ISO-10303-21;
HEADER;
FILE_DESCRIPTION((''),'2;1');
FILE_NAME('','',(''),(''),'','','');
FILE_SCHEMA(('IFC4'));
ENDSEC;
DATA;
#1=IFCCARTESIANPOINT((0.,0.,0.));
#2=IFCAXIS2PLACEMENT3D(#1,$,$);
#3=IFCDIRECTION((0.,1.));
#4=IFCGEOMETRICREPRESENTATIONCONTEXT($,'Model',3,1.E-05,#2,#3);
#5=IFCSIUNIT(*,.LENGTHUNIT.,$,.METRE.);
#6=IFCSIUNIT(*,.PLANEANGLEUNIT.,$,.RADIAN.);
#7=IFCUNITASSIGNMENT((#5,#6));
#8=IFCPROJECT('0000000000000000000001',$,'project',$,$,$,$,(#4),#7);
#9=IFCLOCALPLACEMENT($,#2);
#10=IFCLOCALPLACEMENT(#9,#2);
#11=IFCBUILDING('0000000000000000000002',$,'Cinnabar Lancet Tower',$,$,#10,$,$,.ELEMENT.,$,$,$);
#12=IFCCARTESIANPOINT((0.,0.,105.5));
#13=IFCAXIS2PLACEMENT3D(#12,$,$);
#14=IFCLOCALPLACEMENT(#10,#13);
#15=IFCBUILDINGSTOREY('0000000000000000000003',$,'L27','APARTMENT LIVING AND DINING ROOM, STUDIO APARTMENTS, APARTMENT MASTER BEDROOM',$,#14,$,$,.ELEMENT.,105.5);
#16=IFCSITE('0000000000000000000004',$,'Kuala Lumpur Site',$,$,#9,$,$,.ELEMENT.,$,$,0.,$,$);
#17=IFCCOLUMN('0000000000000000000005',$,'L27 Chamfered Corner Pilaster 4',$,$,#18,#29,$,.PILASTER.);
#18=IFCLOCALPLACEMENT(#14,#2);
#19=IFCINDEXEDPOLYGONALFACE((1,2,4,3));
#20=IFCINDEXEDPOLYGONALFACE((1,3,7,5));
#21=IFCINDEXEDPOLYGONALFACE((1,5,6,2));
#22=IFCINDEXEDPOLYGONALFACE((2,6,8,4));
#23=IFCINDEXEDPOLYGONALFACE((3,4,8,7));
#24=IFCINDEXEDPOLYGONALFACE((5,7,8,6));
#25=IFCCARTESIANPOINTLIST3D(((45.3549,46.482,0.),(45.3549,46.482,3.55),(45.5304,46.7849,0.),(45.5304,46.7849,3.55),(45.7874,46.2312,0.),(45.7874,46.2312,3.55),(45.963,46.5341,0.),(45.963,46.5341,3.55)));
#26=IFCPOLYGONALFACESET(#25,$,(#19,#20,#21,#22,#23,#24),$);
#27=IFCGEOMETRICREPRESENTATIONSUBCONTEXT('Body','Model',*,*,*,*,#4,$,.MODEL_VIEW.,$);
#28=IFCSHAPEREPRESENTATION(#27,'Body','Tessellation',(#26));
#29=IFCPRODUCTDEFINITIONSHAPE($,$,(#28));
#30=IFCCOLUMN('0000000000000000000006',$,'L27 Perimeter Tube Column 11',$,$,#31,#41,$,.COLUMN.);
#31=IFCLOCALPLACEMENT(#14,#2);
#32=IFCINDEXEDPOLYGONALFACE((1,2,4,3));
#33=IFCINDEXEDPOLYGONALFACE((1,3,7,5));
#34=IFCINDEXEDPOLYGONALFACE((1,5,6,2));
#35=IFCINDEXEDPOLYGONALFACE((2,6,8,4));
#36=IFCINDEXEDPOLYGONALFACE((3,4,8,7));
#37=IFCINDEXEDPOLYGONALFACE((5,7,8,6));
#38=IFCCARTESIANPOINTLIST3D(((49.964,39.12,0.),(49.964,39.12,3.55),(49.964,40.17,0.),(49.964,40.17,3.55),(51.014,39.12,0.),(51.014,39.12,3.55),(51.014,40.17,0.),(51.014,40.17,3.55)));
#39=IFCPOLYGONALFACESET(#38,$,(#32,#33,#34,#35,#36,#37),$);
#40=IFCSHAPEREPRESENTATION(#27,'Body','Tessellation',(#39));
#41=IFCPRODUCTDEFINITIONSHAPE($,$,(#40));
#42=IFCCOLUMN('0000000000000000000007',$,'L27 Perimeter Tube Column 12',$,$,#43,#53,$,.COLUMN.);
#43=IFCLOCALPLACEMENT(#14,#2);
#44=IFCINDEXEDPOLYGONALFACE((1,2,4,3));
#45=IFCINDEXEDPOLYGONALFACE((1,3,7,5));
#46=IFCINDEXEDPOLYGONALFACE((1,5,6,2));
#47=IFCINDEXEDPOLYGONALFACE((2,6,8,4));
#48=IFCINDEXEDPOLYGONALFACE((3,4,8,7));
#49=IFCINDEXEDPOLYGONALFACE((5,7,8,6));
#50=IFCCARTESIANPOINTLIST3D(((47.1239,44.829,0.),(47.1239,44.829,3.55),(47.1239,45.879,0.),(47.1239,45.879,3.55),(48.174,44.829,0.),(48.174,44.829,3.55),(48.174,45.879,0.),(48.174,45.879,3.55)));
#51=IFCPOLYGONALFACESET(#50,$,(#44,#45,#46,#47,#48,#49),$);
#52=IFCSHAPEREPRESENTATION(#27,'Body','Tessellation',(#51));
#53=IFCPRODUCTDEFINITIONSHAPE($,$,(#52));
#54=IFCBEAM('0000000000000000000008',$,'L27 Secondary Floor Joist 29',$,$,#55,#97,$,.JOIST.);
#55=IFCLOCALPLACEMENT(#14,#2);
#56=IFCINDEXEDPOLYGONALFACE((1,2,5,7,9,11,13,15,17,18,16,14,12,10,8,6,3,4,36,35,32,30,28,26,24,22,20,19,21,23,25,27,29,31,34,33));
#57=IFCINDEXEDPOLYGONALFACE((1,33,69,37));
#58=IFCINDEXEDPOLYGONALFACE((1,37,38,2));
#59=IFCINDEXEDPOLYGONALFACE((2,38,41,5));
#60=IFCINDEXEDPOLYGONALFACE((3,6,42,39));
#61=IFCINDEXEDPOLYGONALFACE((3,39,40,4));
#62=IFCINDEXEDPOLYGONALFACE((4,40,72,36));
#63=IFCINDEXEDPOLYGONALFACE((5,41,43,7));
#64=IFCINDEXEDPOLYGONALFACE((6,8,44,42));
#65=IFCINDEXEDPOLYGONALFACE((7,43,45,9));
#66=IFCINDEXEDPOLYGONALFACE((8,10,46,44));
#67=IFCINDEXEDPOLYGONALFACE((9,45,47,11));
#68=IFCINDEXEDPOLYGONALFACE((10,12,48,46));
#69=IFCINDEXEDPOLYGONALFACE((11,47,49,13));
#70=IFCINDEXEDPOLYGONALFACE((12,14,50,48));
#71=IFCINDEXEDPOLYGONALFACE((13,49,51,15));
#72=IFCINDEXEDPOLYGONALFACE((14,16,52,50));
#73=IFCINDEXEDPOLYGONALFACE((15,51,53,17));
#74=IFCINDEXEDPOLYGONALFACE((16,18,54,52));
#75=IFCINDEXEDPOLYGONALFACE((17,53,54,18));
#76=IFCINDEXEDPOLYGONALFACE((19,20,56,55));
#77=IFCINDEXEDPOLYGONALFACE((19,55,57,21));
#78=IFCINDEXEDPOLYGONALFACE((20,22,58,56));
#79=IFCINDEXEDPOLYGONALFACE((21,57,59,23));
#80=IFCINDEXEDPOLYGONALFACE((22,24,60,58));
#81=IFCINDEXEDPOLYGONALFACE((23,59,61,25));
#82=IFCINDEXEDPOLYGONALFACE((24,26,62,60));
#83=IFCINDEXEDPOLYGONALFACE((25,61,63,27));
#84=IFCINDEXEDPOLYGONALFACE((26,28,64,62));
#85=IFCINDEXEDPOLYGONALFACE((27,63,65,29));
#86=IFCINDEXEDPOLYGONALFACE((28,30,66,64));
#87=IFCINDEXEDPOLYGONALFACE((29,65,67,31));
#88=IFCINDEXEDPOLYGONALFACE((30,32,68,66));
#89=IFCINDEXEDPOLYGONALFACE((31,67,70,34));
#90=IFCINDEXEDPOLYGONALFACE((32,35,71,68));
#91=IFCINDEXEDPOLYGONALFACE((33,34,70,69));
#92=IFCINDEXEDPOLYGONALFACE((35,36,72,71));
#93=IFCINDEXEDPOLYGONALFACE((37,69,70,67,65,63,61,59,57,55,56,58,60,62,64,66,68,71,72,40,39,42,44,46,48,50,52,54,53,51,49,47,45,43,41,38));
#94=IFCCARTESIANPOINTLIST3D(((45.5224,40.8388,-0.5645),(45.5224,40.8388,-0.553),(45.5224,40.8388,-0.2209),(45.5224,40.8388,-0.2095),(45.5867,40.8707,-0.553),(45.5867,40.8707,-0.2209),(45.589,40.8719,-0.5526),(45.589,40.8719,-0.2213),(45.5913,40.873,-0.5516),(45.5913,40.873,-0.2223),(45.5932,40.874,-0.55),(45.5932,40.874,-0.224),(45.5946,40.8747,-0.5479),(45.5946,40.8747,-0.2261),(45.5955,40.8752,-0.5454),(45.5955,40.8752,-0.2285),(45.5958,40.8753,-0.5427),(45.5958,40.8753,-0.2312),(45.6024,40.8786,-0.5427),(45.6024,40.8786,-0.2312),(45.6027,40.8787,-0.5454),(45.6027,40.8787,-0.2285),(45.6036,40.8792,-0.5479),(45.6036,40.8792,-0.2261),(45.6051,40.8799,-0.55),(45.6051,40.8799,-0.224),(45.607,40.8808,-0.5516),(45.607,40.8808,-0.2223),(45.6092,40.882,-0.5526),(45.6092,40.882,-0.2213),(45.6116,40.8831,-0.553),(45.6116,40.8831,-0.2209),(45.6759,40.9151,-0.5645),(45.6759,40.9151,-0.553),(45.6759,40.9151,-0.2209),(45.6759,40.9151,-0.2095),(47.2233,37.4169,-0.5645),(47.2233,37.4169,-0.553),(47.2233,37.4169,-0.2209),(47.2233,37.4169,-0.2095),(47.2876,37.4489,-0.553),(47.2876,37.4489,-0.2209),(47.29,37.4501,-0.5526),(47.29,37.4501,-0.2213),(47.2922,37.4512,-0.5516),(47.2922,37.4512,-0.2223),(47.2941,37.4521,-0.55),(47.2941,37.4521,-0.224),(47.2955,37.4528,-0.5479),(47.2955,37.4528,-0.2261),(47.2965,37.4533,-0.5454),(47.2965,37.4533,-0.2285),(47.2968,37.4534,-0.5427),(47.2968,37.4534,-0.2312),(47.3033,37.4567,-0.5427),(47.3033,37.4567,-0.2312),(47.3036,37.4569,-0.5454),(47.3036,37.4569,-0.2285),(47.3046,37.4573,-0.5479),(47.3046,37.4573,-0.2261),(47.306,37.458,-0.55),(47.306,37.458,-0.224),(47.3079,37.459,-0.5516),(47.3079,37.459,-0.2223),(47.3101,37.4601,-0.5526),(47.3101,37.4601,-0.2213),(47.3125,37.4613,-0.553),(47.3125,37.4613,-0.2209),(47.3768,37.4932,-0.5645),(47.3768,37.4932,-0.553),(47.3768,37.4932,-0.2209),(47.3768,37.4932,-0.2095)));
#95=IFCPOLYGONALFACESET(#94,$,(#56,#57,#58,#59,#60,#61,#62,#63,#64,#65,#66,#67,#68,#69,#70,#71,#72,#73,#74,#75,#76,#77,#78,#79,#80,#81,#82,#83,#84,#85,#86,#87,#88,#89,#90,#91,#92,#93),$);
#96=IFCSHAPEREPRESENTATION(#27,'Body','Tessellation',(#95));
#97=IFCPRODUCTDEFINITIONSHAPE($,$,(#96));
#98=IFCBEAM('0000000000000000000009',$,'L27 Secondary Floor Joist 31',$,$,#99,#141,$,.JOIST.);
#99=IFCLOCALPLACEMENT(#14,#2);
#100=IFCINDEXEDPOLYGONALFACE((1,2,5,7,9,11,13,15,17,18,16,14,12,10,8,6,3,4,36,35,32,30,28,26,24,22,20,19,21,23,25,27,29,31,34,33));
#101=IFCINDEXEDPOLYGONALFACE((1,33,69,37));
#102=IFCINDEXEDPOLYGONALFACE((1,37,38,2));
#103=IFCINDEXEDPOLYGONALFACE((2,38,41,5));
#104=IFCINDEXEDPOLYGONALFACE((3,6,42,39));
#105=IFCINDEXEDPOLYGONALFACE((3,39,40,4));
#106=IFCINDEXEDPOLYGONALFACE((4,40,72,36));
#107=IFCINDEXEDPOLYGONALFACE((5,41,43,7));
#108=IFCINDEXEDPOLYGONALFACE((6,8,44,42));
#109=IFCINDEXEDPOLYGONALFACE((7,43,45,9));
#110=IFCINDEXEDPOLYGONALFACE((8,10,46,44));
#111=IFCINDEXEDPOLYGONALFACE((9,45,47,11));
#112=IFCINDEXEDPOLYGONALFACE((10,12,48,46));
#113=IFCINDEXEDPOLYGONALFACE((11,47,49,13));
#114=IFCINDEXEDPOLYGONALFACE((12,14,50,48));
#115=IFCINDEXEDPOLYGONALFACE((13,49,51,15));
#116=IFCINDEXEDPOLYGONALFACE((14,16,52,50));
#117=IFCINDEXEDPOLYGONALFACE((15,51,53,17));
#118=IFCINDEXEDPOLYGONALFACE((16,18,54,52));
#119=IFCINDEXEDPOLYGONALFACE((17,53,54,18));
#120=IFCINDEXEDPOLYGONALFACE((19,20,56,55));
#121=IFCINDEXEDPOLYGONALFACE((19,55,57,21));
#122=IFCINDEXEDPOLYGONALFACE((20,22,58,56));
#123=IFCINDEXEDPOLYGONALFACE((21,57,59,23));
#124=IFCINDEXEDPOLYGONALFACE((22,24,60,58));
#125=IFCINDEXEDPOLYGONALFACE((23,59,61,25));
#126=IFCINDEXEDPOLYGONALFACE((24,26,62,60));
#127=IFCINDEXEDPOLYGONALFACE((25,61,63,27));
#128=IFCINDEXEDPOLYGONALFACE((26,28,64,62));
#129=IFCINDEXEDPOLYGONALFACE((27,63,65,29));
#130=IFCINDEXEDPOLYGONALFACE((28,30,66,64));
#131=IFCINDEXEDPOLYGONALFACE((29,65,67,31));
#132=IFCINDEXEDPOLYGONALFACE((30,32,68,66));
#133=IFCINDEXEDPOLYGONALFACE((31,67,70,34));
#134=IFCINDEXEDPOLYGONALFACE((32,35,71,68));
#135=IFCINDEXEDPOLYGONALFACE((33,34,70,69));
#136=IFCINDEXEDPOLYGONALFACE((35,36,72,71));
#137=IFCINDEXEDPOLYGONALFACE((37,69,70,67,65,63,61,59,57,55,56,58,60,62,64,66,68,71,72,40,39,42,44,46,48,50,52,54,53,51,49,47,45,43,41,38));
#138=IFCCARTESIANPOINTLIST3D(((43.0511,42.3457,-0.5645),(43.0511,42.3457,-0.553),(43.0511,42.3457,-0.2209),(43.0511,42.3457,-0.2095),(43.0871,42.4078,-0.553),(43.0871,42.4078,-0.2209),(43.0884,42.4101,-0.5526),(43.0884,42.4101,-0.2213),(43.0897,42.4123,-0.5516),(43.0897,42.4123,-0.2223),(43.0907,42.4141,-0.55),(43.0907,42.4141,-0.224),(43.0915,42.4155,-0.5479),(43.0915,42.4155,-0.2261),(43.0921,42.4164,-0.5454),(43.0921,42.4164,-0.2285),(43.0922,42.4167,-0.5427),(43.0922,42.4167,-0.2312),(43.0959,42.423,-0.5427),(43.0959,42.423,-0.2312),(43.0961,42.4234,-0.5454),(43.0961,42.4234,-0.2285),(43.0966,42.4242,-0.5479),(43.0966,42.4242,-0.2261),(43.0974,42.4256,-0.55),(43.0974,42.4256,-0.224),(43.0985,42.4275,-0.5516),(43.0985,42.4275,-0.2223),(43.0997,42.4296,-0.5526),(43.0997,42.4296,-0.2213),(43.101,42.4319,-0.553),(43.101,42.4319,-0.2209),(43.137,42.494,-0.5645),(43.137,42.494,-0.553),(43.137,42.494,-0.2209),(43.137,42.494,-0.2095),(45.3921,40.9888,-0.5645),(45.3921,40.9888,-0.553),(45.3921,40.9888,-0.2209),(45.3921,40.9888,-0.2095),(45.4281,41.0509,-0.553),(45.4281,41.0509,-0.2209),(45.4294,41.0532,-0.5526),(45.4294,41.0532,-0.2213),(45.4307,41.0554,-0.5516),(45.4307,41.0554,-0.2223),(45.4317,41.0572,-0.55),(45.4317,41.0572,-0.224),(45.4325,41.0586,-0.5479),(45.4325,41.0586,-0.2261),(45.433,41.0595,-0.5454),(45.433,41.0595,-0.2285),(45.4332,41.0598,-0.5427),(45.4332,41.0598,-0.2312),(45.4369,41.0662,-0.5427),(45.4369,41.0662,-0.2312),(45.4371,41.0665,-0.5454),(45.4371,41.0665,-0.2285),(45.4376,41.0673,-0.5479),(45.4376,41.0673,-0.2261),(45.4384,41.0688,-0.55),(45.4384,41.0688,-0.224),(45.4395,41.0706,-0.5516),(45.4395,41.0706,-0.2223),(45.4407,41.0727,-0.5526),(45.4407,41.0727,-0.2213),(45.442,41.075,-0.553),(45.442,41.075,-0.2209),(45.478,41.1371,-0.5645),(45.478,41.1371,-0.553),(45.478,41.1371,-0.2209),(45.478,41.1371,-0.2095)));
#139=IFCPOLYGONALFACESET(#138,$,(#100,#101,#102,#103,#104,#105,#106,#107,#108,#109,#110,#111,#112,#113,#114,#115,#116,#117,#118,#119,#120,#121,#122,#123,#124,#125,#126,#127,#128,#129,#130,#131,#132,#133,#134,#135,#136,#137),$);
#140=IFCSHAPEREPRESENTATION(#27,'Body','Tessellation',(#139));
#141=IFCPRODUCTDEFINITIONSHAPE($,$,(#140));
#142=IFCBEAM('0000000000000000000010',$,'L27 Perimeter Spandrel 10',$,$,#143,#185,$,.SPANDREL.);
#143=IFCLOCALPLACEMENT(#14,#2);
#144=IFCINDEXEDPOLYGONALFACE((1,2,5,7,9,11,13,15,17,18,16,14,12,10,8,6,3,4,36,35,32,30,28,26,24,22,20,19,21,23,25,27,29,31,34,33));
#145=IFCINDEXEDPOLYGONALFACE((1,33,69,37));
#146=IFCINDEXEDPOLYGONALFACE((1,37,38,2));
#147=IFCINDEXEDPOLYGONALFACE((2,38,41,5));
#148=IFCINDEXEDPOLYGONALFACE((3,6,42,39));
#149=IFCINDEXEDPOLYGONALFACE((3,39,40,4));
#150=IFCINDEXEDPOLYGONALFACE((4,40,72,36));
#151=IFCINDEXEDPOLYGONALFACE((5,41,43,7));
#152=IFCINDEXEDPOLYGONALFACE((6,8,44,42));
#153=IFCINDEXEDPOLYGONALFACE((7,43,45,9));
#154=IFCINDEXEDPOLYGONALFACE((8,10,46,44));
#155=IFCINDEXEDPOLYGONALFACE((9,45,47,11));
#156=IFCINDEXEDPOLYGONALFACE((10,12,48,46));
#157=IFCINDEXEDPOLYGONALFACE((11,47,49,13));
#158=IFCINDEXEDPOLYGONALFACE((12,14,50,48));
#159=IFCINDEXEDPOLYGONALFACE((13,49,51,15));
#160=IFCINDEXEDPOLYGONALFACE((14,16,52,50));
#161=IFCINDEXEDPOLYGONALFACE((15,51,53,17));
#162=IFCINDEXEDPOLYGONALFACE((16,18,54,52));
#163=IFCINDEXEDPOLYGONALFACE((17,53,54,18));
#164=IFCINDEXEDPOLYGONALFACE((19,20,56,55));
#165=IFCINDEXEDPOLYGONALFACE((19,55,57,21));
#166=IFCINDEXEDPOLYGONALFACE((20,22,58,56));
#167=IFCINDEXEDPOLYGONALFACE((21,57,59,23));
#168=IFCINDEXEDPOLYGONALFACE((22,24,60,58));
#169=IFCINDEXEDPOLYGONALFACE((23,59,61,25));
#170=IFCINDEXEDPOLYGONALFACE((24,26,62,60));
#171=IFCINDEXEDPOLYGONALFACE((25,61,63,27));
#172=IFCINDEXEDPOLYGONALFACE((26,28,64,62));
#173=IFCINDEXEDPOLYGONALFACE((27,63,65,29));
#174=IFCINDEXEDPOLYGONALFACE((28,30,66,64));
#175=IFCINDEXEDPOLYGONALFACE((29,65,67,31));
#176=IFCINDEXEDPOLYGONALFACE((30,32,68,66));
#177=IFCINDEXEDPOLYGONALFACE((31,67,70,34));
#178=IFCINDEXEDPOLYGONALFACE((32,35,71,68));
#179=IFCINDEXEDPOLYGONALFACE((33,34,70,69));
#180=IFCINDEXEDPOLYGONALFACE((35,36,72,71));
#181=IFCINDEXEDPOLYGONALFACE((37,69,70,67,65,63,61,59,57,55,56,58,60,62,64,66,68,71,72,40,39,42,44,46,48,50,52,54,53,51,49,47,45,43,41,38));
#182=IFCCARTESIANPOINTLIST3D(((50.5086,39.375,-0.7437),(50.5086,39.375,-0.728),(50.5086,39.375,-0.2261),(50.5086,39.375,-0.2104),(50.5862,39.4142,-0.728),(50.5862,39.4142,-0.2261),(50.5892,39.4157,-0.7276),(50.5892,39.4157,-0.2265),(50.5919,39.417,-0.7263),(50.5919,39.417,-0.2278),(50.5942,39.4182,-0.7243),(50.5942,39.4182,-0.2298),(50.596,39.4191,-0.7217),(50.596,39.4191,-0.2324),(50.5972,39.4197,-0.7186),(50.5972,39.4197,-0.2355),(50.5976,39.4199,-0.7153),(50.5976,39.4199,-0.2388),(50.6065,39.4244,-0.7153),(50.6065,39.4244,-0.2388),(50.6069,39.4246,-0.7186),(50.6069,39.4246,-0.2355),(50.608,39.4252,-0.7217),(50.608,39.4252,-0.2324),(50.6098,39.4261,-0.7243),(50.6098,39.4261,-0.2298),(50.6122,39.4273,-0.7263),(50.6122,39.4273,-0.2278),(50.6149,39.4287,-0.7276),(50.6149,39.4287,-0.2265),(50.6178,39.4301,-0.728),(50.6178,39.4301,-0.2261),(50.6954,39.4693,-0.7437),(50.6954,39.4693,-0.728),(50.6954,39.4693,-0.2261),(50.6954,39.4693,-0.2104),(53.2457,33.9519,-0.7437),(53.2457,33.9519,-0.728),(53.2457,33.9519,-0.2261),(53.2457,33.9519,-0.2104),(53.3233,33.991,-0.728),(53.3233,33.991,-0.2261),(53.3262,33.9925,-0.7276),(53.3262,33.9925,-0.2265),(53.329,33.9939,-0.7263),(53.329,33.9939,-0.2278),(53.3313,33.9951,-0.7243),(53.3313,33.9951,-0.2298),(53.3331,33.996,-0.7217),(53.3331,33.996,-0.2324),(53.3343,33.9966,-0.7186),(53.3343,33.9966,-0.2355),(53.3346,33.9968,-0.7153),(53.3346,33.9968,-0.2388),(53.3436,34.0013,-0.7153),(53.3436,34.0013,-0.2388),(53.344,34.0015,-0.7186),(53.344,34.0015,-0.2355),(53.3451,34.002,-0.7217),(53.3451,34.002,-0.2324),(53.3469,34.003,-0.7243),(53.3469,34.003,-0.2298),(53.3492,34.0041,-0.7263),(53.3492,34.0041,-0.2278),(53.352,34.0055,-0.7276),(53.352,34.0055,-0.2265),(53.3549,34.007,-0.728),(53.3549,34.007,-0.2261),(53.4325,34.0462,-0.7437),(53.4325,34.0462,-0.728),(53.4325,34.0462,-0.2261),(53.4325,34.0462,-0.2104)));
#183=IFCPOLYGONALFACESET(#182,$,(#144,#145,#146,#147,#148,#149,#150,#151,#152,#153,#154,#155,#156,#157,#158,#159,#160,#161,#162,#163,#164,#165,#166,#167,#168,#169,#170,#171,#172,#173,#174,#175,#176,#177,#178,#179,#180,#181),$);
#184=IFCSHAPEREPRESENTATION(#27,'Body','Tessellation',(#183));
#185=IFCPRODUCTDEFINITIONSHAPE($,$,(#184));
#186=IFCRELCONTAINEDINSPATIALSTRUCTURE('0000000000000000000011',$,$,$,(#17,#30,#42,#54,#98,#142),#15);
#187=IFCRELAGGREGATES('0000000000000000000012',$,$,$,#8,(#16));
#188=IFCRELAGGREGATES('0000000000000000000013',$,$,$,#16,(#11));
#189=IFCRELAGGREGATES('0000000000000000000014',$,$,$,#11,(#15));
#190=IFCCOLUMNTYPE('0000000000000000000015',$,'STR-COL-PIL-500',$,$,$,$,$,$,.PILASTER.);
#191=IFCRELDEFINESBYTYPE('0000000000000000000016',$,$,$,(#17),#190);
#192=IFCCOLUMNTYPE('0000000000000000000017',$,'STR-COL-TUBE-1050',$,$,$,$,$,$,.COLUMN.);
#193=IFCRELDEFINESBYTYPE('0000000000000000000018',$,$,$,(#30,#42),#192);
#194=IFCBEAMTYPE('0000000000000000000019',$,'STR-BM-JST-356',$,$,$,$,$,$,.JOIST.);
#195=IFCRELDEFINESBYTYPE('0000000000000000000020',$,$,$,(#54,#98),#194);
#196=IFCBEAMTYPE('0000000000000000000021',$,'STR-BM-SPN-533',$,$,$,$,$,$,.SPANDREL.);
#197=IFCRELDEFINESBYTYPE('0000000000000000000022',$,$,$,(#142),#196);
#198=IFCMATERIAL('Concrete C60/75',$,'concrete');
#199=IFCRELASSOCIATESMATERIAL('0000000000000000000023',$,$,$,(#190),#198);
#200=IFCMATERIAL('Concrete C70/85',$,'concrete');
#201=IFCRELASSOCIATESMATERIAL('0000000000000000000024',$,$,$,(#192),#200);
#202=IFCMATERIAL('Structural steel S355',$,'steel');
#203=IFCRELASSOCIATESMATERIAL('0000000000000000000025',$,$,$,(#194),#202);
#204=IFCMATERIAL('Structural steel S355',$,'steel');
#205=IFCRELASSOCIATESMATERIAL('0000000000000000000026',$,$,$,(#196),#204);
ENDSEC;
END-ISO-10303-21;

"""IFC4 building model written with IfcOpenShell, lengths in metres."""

from ifc_helpers import new_model, si_unit, direction, frame, origin, origin_2d, place, context, subcontext, project, spatial, rectangle, i_section, extrude, material, material_profile, profile_set, type_object, element, save


model = new_model("IFC4")

# Units and contexts
model_context = context("Model", 3, precision=1e-05, world=origin(), true_north=direction((0.0, 1.0)))
body_context = subcontext(model_context, "Body", "Model", "MODEL_VIEW")
ifc_project = project(units=[si_unit("LENGTHUNIT", "METRE"), si_unit("PLANEANGLEUNIT", "RADIAN")], contexts=[model_context])

# Site, building, storey
site_placement = place(None, origin())
site = spatial("IfcSite", under=ifc_project, at=site_placement, Name="Kuala Lumpur Site", CompositionType="ELEMENT", RefElevation=0.0)
building_placement = place(site_placement, origin())
building = spatial("IfcBuilding", under=site, at=building_placement, Name="Cinnabar Lancet Tower", CompositionType="ELEMENT")
storey_placement = place(building_placement, frame((0.0, 0.0, 105.5)))
storey = spatial("IfcBuildingStorey", under=building, at=storey_placement, Name="L27", Description="APARTMENT LIVING AND DINING ROOM, STUDIO APARTMENTS, APARTMENT MASTER BEDROOM", CompositionType="ELEMENT", Elevation=105.5)

# Columns
ifc_material_1 = material(Name="Concrete C60/75", Category="concrete")
ifc_material_profile_1 = material_profile(ifc_material_1, rectangle(XDim=0.5, YDim=0.3501, at=origin_2d()), Name="RC-PIL 500x350")
ifc_profile_set_1 = profile_set([ifc_material_profile_1], Name="Concrete C60/75")
column_type_1 = type_object("IfcColumnType", Name="STR-COL-PIL-500", PredefinedType="PILASTER", material=ifc_profile_set_1)
column_placement = place(storey_placement, frame((45.6589, 46.5081, 0.0), z_axis=(0.0, 0.0, 1.0), x_axis=(-0.86516, 0.501496, 0.0)))
element("IfcColumn", 1, at=column_placement, inside=storey, type_object=column_type_1, Name="L27 Chamfered Corner Pilaster 4", PredefinedType="PILASTER", context=body_context, shape_type="SweptSolid", body=[
    extrude(rectangle(XDim=0.5, YDim=0.3501, at=origin_2d()), origin(), (0.0, 0.0, 1.0), 3.55),
])
ifc_material_2 = material(Name="Concrete C70/85", Category="concrete")
ifc_material_profile_2 = material_profile(ifc_material_2, rectangle(XDim=1.05, YDim=1.05, at=origin_2d()), Name="RC-COL 1050x1050")
ifc_profile_set_2 = profile_set([ifc_material_profile_2], Name="Concrete C70/85")
column_type_2 = type_object("IfcColumnType", Name="STR-COL-TUBE-1050", PredefinedType="COLUMN", material=ifc_profile_set_2)
for number, where, z_axis, x_axis, name in (
    (2, (50.489, 39.645, 0.0), (0.0, 0.0, 1.0), (1.0, 0.0, 0.0), "L27 Perimeter Tube Column 11"),
    (3, (47.6489, 45.354, 0.0), (0.0, 0.0, 1.0), (1.0, 0.0, 0.0), "L27 Perimeter Tube Column 12"),
):
    element("IfcColumn", number, at=place(storey_placement, frame(where, z_axis=z_axis, x_axis=x_axis)), inside=storey, type_object=column_type_2, Name=name, PredefinedType="COLUMN", context=body_context, shape_type="SweptSolid", body=[
        extrude(rectangle(XDim=1.05, YDim=1.05, at=origin_2d()), origin(), (0.0, 0.0, 1.0), 3.55),
    ])

# Beams
ifc_material_3 = material(Name="Structural steel S355", Category="steel")
ifc_material_profile_3 = material_profile(ifc_material_3, i_section(OverallWidth=0.1714, OverallDepth=0.355, WebThickness=0.0073, FlangeThickness=0.0115, FilletRadius=0.0103, at=origin_2d()), Name="UKB 356x171x51")
ifc_profile_set_3 = profile_set([ifc_material_profile_3], Name="Structural steel S355")
beam_type_1 = type_object("IfcBeamType", Name="STR-BM-JST-356", PredefinedType="JOIST", material=ifc_profile_set_3)
beam_1_placement = place(storey_placement, frame((47.3, 37.4551, -0.387), z_axis=(-0.445117, 0.895473, 0.0), x_axis=(-0.895473, -0.445117, 0.0)))
element("IfcBeam", 4, at=beam_1_placement, inside=storey, type_object=beam_type_1, Name="L27 Secondary Floor Joist 29", PredefinedType="JOIST", context=body_context, shape_type="SweptSolid", body=[
    extrude(i_section(OverallWidth=0.1714, OverallDepth=0.355, WebThickness=0.0073, FlangeThickness=0.0115, FilletRadius=0.0103, at=origin_2d()), origin(), (0.0, 0.0, 1.0), 3.8213),
])
beam_2_placement = place(storey_placement, frame((45.4351, 41.063, -0.387), z_axis=(-0.865173, 0.501474, 0.0), x_axis=(-0.501474, -0.865173, 0.0)))
element("IfcBeam", 5, at=beam_2_placement, inside=storey, type_object=beam_type_1, Name="L27 Secondary Floor Joist 31", PredefinedType="JOIST", context=body_context, shape_type="SweptSolid", body=[
    extrude(i_section(OverallWidth=0.1714, OverallDepth=0.355, WebThickness=0.0073, FlangeThickness=0.0115, FilletRadius=0.0103, at=origin_2d()), origin(), (0.0, 0.0, 1.0), 2.7058),
])
ifc_material_4 = material(Name="Structural steel S355", Category="steel")
ifc_material_profile_4 = material_profile(ifc_material_4, i_section(OverallWidth=0.2092, OverallDepth=0.5332, WebThickness=0.01, FlangeThickness=0.0156, FilletRadius=0.0127, at=origin_2d()), Name="UKB 533x210x92")
ifc_profile_set_4 = profile_set([ifc_material_profile_4], Name="Structural steel S355")
beam_type_2 = type_object("IfcBeamType", Name="STR-BM-SPN-533", PredefinedType="SPANDREL", material=ifc_profile_set_4)
beam_3_placement = place(storey_placement, frame((53.3391, 33.999, -0.4771), z_axis=(-0.45057, 0.892741, 0.0), x_axis=(-0.892741, -0.45057, 0.0)))
element("IfcBeam", 6, at=beam_3_placement, inside=storey, type_object=beam_type_2, Name="L27 Perimeter Spandrel 10", PredefinedType="SPANDREL", context=body_context, shape_type="SweptSolid", body=[
    extrude(i_section(OverallWidth=0.2092, OverallDepth=0.5332, WebThickness=0.01, FlangeThickness=0.0156, FilletRadius=0.0127, at=origin_2d()), origin(), (0.0, 0.0, 1.0), 6.0747),
])

save(model, "model.ifc")
